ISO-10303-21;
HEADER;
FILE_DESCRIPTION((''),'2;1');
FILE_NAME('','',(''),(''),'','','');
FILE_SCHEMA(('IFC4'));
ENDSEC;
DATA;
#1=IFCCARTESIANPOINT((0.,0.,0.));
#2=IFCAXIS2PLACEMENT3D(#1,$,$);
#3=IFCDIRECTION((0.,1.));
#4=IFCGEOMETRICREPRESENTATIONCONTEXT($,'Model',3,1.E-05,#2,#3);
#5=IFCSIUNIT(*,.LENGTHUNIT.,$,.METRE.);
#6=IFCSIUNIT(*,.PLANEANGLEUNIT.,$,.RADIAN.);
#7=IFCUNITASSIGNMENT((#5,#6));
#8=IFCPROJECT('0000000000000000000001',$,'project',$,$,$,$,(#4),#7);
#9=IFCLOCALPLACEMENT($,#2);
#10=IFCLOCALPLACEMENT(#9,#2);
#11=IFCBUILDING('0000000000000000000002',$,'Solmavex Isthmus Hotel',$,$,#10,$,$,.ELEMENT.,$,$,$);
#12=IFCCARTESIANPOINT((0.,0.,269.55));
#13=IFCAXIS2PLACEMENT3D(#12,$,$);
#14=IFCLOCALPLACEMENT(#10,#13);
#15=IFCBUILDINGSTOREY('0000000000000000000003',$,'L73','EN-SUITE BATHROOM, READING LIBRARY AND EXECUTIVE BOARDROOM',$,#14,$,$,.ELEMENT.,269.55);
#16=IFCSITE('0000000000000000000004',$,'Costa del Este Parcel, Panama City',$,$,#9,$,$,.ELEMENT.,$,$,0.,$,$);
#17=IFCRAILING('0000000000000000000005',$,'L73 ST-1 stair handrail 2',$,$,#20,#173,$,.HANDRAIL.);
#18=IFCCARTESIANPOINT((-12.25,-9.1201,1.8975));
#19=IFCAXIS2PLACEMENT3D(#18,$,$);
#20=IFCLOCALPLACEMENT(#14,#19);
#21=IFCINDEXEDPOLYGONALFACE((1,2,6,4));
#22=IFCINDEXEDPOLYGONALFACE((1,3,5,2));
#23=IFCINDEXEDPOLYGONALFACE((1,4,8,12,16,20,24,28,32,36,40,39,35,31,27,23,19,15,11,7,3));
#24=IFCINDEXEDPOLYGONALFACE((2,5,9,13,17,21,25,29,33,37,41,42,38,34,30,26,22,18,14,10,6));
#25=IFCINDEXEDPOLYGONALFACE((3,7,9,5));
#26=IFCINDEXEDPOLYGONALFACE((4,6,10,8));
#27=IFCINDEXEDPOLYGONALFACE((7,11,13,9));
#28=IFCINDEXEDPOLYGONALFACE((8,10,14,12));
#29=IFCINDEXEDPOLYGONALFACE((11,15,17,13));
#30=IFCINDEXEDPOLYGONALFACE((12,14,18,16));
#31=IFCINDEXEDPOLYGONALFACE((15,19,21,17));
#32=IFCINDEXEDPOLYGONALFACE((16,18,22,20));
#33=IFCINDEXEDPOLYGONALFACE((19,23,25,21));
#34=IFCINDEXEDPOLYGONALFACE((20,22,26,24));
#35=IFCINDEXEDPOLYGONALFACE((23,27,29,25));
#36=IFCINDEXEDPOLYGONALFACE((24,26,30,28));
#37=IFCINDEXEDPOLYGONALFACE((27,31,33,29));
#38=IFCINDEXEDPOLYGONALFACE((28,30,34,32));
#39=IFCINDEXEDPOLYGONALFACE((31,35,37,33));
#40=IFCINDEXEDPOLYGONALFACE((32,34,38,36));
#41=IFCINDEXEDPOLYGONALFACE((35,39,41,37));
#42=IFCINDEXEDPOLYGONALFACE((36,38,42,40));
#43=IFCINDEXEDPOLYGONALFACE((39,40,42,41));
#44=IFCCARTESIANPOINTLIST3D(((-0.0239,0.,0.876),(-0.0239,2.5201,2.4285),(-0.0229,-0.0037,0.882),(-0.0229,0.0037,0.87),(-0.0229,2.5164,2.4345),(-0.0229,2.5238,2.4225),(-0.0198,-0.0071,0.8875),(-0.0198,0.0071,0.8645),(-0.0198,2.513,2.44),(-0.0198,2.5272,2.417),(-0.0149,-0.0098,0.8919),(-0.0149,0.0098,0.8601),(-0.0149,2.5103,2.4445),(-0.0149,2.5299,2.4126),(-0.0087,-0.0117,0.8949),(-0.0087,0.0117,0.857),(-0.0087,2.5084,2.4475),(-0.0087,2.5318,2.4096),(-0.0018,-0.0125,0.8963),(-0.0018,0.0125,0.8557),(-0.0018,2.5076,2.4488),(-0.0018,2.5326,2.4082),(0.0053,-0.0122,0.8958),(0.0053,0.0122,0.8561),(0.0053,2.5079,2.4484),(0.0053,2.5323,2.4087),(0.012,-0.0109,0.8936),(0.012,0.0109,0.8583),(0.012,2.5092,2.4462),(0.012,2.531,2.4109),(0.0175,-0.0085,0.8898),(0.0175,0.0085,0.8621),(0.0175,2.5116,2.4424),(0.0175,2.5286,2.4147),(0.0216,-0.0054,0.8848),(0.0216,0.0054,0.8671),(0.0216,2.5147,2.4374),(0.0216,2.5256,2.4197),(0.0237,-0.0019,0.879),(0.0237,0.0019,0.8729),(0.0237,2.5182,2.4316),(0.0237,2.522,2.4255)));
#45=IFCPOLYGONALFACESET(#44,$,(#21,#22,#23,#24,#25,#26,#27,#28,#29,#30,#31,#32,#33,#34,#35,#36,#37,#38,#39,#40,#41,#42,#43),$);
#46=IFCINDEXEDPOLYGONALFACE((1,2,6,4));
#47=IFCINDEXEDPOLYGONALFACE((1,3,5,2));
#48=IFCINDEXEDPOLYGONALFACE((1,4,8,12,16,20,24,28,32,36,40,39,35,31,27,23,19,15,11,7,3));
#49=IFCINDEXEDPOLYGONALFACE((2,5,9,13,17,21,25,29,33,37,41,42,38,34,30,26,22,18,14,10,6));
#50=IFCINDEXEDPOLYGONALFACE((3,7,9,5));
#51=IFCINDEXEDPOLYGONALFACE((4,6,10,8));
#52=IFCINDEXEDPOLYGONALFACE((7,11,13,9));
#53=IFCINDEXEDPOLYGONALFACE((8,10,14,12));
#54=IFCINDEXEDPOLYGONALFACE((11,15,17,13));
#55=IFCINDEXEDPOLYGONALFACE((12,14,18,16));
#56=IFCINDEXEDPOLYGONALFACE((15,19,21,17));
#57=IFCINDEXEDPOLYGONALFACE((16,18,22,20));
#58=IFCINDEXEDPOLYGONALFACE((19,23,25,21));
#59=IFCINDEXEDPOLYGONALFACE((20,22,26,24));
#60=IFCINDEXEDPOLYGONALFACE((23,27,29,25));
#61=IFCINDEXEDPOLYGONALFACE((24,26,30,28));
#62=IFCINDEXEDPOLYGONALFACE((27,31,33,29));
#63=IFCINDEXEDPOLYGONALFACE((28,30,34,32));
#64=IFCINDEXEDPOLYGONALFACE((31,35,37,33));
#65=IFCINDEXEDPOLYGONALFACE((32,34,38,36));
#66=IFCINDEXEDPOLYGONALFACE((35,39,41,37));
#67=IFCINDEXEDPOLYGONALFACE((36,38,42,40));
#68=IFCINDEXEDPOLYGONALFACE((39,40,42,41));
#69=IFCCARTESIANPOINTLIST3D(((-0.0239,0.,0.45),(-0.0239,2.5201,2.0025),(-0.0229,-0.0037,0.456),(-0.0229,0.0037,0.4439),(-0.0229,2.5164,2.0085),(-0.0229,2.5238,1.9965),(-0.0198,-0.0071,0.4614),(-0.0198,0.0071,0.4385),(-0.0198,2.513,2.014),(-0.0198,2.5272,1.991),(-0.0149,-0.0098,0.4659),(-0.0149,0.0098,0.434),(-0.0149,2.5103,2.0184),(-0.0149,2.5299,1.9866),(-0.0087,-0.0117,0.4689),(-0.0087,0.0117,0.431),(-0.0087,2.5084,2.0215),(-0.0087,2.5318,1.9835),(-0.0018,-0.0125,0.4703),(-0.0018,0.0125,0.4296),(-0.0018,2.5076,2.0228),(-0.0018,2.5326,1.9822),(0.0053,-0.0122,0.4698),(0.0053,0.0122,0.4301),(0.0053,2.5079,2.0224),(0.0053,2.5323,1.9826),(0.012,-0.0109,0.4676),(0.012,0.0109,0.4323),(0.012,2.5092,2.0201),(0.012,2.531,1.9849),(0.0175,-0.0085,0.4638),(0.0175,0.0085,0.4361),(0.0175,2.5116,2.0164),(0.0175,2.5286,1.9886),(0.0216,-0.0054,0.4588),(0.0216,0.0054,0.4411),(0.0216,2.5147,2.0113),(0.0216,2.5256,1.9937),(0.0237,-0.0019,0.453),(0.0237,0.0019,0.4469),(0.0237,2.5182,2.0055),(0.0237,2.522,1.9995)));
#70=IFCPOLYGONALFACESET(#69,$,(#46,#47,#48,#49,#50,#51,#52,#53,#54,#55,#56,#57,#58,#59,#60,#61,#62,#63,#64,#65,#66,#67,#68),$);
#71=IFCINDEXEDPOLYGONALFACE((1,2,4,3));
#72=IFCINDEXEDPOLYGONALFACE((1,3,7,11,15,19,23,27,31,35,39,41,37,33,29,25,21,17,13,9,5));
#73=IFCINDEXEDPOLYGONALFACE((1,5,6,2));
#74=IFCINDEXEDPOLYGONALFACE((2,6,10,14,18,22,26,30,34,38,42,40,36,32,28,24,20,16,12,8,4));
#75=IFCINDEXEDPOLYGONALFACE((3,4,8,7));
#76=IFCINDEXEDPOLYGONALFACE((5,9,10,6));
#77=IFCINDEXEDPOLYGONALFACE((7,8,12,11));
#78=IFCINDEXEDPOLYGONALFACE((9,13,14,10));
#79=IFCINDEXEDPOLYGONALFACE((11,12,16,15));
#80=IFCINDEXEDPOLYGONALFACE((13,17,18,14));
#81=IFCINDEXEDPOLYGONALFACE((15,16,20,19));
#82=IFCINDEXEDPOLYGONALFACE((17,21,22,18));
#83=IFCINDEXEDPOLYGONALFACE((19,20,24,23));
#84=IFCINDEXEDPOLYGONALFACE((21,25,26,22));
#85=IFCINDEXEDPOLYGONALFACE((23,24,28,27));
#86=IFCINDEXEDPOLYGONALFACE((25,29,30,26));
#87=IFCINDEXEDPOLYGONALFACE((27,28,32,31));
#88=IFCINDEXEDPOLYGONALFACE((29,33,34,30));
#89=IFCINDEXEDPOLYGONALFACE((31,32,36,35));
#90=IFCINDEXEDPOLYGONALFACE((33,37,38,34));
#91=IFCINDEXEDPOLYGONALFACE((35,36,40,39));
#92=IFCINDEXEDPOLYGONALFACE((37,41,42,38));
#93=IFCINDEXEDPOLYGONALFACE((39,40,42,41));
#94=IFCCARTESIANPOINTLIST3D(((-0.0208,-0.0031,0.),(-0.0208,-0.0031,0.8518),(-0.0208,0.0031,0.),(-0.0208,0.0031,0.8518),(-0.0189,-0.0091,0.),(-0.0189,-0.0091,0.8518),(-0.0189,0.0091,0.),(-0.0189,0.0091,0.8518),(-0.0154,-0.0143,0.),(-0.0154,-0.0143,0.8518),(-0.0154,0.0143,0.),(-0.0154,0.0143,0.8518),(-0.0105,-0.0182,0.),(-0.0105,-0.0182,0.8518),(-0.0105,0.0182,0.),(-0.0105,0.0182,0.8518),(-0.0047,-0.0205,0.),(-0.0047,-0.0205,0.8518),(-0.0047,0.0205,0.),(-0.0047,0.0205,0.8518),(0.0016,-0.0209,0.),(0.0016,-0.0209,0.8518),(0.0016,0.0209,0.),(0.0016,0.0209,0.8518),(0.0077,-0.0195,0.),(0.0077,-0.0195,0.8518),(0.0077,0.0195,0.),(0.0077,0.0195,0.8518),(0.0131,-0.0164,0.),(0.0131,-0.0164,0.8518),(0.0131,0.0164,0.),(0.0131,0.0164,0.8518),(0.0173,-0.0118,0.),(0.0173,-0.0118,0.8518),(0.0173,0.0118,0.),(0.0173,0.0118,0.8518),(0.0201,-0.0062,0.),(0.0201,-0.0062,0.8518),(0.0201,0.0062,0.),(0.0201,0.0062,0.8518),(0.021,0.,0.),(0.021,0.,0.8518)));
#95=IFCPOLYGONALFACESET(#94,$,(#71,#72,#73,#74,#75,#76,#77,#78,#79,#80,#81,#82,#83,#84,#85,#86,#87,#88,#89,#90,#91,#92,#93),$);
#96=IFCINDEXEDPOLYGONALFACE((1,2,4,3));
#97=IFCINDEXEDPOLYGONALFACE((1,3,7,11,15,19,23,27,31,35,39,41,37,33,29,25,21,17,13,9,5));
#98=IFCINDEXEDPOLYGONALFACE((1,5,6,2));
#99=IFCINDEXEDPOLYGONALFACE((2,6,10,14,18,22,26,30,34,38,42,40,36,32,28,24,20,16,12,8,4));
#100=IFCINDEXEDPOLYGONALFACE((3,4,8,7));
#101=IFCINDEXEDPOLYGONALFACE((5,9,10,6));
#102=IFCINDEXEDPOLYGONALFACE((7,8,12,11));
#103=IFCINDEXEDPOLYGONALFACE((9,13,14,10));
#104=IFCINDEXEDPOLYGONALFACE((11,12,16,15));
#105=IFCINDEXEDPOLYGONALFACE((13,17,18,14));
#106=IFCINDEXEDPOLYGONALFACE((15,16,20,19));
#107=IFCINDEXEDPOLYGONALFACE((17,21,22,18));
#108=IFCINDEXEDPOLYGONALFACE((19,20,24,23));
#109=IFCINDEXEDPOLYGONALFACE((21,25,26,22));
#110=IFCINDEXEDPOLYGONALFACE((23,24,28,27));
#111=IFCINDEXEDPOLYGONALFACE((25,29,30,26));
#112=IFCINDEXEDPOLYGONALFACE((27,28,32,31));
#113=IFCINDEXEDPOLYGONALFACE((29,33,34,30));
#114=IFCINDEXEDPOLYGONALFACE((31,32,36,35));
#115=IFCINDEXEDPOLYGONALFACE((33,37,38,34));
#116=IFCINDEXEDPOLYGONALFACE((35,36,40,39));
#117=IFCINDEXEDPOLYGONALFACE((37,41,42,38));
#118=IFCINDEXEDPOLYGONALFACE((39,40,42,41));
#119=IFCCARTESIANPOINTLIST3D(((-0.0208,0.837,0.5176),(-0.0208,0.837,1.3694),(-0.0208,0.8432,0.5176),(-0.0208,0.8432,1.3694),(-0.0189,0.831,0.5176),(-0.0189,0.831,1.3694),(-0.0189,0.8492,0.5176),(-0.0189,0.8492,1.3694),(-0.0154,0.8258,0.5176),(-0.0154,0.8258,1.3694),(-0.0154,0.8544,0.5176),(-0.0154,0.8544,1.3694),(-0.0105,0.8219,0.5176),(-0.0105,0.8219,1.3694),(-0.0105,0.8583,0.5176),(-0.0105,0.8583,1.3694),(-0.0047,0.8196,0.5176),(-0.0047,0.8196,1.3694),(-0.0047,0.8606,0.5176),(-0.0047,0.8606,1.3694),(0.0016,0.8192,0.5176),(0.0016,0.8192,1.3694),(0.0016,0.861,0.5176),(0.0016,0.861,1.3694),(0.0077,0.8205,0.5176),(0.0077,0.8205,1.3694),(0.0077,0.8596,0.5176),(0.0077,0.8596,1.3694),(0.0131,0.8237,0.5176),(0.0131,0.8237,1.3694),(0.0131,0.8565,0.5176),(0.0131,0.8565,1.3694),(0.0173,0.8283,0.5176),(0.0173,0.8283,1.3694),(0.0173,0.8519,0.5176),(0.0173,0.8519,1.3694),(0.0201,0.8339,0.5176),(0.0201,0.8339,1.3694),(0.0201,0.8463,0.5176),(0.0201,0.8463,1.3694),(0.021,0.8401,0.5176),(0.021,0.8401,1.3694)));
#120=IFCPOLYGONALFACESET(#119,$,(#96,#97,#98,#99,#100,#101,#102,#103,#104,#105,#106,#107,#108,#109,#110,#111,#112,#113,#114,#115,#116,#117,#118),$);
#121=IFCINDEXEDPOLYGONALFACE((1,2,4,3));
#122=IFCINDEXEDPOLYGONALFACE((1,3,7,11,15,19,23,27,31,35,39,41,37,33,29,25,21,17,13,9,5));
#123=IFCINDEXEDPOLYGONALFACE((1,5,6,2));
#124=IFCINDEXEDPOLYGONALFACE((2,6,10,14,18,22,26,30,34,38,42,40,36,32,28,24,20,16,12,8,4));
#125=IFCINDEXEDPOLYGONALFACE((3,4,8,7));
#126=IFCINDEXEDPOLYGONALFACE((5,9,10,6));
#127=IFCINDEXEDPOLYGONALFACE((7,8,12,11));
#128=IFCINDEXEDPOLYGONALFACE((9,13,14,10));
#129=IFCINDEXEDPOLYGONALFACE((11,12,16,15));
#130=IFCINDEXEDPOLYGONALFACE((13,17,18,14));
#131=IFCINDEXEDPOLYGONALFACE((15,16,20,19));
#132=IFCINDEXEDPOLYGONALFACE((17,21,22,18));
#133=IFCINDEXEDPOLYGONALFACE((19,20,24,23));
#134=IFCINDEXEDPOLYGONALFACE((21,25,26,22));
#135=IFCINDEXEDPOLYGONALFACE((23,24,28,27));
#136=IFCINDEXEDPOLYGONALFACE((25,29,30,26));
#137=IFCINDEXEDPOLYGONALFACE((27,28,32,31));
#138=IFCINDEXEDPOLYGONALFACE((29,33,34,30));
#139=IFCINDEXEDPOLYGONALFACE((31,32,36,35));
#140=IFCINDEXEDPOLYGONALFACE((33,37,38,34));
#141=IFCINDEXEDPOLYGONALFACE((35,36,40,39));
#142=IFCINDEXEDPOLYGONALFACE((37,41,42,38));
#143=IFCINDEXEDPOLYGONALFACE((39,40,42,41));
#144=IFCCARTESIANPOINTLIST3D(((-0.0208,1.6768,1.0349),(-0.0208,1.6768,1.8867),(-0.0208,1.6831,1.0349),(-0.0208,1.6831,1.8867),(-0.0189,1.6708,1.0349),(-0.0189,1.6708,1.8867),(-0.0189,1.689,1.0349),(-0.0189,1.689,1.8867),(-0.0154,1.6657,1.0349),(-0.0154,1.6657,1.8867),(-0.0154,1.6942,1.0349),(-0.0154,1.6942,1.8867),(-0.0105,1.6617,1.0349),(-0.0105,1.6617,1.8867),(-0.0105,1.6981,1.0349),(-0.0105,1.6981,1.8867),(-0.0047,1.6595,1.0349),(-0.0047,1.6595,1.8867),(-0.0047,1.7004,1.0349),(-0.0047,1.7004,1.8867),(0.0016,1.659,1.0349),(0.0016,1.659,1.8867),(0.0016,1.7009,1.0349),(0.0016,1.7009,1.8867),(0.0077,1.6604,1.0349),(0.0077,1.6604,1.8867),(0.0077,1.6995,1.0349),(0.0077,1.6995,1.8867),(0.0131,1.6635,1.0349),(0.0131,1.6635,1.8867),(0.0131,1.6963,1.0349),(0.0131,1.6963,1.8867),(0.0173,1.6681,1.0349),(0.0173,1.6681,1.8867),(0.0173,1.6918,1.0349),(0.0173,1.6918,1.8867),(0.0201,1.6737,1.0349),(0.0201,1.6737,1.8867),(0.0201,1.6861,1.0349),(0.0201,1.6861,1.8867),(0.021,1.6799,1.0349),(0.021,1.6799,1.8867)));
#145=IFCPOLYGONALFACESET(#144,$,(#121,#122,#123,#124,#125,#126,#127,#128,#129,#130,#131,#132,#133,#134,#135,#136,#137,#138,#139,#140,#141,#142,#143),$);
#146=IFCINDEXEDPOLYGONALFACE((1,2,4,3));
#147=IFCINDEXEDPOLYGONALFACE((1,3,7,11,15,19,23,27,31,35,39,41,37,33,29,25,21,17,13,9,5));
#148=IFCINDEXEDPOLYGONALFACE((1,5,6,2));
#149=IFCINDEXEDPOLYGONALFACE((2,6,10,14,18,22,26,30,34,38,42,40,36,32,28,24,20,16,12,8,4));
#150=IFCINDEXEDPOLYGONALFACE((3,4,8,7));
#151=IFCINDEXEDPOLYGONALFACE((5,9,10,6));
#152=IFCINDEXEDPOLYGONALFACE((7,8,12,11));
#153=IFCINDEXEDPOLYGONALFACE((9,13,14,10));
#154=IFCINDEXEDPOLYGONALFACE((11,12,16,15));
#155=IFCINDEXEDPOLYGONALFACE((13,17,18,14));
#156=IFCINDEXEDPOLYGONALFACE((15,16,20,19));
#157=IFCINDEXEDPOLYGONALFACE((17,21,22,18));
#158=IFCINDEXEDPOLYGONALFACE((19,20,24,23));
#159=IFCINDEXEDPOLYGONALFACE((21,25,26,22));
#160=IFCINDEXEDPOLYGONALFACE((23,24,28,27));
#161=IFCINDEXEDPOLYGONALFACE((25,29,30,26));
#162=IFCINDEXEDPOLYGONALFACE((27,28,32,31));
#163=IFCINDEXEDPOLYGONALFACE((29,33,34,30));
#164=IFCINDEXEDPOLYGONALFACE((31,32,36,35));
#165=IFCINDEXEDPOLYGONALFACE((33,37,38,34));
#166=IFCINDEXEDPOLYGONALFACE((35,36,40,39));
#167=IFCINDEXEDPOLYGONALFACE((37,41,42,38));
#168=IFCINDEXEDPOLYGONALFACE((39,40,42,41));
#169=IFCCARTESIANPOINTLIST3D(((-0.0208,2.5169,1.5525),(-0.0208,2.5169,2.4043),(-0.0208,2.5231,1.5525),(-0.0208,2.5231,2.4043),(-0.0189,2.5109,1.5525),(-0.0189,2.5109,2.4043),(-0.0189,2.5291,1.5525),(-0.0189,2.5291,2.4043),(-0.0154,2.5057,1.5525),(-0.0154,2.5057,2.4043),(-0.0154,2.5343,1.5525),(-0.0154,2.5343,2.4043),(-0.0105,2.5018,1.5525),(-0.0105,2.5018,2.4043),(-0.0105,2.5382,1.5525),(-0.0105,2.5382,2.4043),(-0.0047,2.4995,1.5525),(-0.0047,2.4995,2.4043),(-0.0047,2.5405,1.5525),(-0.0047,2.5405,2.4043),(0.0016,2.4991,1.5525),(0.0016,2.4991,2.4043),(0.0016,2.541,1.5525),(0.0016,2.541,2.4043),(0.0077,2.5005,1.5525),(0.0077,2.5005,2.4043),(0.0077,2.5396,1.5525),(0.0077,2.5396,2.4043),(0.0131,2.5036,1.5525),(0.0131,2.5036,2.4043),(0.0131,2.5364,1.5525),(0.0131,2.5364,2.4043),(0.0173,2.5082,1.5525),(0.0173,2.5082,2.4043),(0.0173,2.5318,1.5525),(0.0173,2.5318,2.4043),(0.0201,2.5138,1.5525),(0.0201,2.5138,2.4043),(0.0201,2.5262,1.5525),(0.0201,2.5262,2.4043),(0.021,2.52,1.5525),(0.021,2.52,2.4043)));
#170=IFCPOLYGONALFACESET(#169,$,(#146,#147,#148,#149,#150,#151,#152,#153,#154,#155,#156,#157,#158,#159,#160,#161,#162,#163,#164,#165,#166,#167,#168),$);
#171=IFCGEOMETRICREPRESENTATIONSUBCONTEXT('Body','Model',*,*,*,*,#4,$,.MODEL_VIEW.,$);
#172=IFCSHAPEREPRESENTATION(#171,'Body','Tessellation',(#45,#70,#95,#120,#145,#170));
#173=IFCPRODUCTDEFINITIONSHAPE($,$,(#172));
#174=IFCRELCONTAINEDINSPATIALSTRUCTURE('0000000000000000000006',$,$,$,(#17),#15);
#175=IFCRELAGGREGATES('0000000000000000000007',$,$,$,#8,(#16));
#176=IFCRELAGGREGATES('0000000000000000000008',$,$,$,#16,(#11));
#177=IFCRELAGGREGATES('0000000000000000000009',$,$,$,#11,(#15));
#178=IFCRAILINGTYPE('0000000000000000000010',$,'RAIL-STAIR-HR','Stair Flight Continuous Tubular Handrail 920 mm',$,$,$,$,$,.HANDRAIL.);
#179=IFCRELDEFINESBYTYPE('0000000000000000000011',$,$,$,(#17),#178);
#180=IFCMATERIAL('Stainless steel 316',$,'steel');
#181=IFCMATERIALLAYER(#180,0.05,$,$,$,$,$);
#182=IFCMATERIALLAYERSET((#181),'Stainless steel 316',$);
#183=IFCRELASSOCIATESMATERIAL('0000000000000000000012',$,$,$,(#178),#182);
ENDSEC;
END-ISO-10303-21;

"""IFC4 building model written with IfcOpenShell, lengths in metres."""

from ifc_helpers import new_model, si_unit, direction, frame, origin, origin_2d, place, context, subcontext, project, spatial, circle, extrude, material, layer, layer_set, type_object, element, save


model = new_model("IFC4")

# Units and contexts
model_context = context("Model", 3, precision=1e-05, world=origin(), true_north=direction((0.0, 1.0)))
body_context = subcontext(model_context, "Body", "Model", "MODEL_VIEW")
ifc_project = project(units=[si_unit("LENGTHUNIT", "METRE"), si_unit("PLANEANGLEUNIT", "RADIAN")], contexts=[model_context])

# Site, building, storey
site_placement = place(None, origin())
site = spatial("IfcSite", under=ifc_project, at=site_placement, Name="Costa del Este Parcel, Panama City", CompositionType="ELEMENT", RefElevation=0.0)
building_placement = place(site_placement, origin())
building = spatial("IfcBuilding", under=site, at=building_placement, Name="Solmavex Isthmus Hotel", CompositionType="ELEMENT")
storey_placement = place(building_placement, frame((0.0, 0.0, 269.55)))
storey = spatial("IfcBuildingStorey", under=building, at=storey_placement, Name="L73", Description="EN-SUITE BATHROOM, READING LIBRARY AND EXECUTIVE BOARDROOM", CompositionType="ELEMENT", Elevation=269.55)

# Shared definitions
ifc_material_1 = material(Name="Stainless steel 316", Category="steel")

# Railing
ifc_layer_1 = layer(ifc_material_1, 0.05)
ifc_layer_set_1 = layer_set([ifc_layer_1], Name="Stainless steel 316")
railing_type_1 = type_object("IfcRailingType", Name="RAIL-STAIR-HR", Description="Stair Flight Continuous Tubular Handrail 920 mm", PredefinedType="HANDRAIL", material=ifc_layer_set_1)
railing_1_placement = place(storey_placement, frame((-12.25, -9.1201, 1.8975)))
element("IfcRailing", 1, at=railing_1_placement, inside=storey, type_object=railing_type_1, Name="L73 ST-1 stair handrail 2", PredefinedType="HANDRAIL", context=body_context, shape_type="SweptSolid", body=[
    extrude(circle(Radius=0.0239, at=origin_2d()), frame((0.0, 0.0, 0.876), z_axis=(0.0, 0.8514, 0.524516), x_axis=(-1.0, 0.0, 0.0)), (0.0, 0.0, 1.0), 2.96),
    extrude(circle(Radius=0.0239, at=origin_2d()), frame((0.0, 0.0, 0.45), z_axis=(0.0, 0.8514, 0.524516), x_axis=(-1.0, 0.0, 0.0)), (0.0, 0.0, 1.0), 2.96),
    extrude(circle(Radius=0.021, at=origin_2d()), origin(), (0.0, 0.0, 1.0), 0.8518),
    extrude(circle(Radius=0.021, at=origin_2d()), frame((0.0, 0.8401, 0.5176)), (0.0, 0.0, 1.0), 0.8518),
    extrude(circle(Radius=0.021, at=origin_2d()), frame((0.0, 1.6799, 1.0349)), (0.0, 0.0, 1.0), 0.8518),
    extrude(circle(Radius=0.021, at=origin_2d()), frame((0.0, 2.52, 1.5525)), (0.0, 0.0, 1.0), 0.8518),
])

save(model, "model.ifc")
